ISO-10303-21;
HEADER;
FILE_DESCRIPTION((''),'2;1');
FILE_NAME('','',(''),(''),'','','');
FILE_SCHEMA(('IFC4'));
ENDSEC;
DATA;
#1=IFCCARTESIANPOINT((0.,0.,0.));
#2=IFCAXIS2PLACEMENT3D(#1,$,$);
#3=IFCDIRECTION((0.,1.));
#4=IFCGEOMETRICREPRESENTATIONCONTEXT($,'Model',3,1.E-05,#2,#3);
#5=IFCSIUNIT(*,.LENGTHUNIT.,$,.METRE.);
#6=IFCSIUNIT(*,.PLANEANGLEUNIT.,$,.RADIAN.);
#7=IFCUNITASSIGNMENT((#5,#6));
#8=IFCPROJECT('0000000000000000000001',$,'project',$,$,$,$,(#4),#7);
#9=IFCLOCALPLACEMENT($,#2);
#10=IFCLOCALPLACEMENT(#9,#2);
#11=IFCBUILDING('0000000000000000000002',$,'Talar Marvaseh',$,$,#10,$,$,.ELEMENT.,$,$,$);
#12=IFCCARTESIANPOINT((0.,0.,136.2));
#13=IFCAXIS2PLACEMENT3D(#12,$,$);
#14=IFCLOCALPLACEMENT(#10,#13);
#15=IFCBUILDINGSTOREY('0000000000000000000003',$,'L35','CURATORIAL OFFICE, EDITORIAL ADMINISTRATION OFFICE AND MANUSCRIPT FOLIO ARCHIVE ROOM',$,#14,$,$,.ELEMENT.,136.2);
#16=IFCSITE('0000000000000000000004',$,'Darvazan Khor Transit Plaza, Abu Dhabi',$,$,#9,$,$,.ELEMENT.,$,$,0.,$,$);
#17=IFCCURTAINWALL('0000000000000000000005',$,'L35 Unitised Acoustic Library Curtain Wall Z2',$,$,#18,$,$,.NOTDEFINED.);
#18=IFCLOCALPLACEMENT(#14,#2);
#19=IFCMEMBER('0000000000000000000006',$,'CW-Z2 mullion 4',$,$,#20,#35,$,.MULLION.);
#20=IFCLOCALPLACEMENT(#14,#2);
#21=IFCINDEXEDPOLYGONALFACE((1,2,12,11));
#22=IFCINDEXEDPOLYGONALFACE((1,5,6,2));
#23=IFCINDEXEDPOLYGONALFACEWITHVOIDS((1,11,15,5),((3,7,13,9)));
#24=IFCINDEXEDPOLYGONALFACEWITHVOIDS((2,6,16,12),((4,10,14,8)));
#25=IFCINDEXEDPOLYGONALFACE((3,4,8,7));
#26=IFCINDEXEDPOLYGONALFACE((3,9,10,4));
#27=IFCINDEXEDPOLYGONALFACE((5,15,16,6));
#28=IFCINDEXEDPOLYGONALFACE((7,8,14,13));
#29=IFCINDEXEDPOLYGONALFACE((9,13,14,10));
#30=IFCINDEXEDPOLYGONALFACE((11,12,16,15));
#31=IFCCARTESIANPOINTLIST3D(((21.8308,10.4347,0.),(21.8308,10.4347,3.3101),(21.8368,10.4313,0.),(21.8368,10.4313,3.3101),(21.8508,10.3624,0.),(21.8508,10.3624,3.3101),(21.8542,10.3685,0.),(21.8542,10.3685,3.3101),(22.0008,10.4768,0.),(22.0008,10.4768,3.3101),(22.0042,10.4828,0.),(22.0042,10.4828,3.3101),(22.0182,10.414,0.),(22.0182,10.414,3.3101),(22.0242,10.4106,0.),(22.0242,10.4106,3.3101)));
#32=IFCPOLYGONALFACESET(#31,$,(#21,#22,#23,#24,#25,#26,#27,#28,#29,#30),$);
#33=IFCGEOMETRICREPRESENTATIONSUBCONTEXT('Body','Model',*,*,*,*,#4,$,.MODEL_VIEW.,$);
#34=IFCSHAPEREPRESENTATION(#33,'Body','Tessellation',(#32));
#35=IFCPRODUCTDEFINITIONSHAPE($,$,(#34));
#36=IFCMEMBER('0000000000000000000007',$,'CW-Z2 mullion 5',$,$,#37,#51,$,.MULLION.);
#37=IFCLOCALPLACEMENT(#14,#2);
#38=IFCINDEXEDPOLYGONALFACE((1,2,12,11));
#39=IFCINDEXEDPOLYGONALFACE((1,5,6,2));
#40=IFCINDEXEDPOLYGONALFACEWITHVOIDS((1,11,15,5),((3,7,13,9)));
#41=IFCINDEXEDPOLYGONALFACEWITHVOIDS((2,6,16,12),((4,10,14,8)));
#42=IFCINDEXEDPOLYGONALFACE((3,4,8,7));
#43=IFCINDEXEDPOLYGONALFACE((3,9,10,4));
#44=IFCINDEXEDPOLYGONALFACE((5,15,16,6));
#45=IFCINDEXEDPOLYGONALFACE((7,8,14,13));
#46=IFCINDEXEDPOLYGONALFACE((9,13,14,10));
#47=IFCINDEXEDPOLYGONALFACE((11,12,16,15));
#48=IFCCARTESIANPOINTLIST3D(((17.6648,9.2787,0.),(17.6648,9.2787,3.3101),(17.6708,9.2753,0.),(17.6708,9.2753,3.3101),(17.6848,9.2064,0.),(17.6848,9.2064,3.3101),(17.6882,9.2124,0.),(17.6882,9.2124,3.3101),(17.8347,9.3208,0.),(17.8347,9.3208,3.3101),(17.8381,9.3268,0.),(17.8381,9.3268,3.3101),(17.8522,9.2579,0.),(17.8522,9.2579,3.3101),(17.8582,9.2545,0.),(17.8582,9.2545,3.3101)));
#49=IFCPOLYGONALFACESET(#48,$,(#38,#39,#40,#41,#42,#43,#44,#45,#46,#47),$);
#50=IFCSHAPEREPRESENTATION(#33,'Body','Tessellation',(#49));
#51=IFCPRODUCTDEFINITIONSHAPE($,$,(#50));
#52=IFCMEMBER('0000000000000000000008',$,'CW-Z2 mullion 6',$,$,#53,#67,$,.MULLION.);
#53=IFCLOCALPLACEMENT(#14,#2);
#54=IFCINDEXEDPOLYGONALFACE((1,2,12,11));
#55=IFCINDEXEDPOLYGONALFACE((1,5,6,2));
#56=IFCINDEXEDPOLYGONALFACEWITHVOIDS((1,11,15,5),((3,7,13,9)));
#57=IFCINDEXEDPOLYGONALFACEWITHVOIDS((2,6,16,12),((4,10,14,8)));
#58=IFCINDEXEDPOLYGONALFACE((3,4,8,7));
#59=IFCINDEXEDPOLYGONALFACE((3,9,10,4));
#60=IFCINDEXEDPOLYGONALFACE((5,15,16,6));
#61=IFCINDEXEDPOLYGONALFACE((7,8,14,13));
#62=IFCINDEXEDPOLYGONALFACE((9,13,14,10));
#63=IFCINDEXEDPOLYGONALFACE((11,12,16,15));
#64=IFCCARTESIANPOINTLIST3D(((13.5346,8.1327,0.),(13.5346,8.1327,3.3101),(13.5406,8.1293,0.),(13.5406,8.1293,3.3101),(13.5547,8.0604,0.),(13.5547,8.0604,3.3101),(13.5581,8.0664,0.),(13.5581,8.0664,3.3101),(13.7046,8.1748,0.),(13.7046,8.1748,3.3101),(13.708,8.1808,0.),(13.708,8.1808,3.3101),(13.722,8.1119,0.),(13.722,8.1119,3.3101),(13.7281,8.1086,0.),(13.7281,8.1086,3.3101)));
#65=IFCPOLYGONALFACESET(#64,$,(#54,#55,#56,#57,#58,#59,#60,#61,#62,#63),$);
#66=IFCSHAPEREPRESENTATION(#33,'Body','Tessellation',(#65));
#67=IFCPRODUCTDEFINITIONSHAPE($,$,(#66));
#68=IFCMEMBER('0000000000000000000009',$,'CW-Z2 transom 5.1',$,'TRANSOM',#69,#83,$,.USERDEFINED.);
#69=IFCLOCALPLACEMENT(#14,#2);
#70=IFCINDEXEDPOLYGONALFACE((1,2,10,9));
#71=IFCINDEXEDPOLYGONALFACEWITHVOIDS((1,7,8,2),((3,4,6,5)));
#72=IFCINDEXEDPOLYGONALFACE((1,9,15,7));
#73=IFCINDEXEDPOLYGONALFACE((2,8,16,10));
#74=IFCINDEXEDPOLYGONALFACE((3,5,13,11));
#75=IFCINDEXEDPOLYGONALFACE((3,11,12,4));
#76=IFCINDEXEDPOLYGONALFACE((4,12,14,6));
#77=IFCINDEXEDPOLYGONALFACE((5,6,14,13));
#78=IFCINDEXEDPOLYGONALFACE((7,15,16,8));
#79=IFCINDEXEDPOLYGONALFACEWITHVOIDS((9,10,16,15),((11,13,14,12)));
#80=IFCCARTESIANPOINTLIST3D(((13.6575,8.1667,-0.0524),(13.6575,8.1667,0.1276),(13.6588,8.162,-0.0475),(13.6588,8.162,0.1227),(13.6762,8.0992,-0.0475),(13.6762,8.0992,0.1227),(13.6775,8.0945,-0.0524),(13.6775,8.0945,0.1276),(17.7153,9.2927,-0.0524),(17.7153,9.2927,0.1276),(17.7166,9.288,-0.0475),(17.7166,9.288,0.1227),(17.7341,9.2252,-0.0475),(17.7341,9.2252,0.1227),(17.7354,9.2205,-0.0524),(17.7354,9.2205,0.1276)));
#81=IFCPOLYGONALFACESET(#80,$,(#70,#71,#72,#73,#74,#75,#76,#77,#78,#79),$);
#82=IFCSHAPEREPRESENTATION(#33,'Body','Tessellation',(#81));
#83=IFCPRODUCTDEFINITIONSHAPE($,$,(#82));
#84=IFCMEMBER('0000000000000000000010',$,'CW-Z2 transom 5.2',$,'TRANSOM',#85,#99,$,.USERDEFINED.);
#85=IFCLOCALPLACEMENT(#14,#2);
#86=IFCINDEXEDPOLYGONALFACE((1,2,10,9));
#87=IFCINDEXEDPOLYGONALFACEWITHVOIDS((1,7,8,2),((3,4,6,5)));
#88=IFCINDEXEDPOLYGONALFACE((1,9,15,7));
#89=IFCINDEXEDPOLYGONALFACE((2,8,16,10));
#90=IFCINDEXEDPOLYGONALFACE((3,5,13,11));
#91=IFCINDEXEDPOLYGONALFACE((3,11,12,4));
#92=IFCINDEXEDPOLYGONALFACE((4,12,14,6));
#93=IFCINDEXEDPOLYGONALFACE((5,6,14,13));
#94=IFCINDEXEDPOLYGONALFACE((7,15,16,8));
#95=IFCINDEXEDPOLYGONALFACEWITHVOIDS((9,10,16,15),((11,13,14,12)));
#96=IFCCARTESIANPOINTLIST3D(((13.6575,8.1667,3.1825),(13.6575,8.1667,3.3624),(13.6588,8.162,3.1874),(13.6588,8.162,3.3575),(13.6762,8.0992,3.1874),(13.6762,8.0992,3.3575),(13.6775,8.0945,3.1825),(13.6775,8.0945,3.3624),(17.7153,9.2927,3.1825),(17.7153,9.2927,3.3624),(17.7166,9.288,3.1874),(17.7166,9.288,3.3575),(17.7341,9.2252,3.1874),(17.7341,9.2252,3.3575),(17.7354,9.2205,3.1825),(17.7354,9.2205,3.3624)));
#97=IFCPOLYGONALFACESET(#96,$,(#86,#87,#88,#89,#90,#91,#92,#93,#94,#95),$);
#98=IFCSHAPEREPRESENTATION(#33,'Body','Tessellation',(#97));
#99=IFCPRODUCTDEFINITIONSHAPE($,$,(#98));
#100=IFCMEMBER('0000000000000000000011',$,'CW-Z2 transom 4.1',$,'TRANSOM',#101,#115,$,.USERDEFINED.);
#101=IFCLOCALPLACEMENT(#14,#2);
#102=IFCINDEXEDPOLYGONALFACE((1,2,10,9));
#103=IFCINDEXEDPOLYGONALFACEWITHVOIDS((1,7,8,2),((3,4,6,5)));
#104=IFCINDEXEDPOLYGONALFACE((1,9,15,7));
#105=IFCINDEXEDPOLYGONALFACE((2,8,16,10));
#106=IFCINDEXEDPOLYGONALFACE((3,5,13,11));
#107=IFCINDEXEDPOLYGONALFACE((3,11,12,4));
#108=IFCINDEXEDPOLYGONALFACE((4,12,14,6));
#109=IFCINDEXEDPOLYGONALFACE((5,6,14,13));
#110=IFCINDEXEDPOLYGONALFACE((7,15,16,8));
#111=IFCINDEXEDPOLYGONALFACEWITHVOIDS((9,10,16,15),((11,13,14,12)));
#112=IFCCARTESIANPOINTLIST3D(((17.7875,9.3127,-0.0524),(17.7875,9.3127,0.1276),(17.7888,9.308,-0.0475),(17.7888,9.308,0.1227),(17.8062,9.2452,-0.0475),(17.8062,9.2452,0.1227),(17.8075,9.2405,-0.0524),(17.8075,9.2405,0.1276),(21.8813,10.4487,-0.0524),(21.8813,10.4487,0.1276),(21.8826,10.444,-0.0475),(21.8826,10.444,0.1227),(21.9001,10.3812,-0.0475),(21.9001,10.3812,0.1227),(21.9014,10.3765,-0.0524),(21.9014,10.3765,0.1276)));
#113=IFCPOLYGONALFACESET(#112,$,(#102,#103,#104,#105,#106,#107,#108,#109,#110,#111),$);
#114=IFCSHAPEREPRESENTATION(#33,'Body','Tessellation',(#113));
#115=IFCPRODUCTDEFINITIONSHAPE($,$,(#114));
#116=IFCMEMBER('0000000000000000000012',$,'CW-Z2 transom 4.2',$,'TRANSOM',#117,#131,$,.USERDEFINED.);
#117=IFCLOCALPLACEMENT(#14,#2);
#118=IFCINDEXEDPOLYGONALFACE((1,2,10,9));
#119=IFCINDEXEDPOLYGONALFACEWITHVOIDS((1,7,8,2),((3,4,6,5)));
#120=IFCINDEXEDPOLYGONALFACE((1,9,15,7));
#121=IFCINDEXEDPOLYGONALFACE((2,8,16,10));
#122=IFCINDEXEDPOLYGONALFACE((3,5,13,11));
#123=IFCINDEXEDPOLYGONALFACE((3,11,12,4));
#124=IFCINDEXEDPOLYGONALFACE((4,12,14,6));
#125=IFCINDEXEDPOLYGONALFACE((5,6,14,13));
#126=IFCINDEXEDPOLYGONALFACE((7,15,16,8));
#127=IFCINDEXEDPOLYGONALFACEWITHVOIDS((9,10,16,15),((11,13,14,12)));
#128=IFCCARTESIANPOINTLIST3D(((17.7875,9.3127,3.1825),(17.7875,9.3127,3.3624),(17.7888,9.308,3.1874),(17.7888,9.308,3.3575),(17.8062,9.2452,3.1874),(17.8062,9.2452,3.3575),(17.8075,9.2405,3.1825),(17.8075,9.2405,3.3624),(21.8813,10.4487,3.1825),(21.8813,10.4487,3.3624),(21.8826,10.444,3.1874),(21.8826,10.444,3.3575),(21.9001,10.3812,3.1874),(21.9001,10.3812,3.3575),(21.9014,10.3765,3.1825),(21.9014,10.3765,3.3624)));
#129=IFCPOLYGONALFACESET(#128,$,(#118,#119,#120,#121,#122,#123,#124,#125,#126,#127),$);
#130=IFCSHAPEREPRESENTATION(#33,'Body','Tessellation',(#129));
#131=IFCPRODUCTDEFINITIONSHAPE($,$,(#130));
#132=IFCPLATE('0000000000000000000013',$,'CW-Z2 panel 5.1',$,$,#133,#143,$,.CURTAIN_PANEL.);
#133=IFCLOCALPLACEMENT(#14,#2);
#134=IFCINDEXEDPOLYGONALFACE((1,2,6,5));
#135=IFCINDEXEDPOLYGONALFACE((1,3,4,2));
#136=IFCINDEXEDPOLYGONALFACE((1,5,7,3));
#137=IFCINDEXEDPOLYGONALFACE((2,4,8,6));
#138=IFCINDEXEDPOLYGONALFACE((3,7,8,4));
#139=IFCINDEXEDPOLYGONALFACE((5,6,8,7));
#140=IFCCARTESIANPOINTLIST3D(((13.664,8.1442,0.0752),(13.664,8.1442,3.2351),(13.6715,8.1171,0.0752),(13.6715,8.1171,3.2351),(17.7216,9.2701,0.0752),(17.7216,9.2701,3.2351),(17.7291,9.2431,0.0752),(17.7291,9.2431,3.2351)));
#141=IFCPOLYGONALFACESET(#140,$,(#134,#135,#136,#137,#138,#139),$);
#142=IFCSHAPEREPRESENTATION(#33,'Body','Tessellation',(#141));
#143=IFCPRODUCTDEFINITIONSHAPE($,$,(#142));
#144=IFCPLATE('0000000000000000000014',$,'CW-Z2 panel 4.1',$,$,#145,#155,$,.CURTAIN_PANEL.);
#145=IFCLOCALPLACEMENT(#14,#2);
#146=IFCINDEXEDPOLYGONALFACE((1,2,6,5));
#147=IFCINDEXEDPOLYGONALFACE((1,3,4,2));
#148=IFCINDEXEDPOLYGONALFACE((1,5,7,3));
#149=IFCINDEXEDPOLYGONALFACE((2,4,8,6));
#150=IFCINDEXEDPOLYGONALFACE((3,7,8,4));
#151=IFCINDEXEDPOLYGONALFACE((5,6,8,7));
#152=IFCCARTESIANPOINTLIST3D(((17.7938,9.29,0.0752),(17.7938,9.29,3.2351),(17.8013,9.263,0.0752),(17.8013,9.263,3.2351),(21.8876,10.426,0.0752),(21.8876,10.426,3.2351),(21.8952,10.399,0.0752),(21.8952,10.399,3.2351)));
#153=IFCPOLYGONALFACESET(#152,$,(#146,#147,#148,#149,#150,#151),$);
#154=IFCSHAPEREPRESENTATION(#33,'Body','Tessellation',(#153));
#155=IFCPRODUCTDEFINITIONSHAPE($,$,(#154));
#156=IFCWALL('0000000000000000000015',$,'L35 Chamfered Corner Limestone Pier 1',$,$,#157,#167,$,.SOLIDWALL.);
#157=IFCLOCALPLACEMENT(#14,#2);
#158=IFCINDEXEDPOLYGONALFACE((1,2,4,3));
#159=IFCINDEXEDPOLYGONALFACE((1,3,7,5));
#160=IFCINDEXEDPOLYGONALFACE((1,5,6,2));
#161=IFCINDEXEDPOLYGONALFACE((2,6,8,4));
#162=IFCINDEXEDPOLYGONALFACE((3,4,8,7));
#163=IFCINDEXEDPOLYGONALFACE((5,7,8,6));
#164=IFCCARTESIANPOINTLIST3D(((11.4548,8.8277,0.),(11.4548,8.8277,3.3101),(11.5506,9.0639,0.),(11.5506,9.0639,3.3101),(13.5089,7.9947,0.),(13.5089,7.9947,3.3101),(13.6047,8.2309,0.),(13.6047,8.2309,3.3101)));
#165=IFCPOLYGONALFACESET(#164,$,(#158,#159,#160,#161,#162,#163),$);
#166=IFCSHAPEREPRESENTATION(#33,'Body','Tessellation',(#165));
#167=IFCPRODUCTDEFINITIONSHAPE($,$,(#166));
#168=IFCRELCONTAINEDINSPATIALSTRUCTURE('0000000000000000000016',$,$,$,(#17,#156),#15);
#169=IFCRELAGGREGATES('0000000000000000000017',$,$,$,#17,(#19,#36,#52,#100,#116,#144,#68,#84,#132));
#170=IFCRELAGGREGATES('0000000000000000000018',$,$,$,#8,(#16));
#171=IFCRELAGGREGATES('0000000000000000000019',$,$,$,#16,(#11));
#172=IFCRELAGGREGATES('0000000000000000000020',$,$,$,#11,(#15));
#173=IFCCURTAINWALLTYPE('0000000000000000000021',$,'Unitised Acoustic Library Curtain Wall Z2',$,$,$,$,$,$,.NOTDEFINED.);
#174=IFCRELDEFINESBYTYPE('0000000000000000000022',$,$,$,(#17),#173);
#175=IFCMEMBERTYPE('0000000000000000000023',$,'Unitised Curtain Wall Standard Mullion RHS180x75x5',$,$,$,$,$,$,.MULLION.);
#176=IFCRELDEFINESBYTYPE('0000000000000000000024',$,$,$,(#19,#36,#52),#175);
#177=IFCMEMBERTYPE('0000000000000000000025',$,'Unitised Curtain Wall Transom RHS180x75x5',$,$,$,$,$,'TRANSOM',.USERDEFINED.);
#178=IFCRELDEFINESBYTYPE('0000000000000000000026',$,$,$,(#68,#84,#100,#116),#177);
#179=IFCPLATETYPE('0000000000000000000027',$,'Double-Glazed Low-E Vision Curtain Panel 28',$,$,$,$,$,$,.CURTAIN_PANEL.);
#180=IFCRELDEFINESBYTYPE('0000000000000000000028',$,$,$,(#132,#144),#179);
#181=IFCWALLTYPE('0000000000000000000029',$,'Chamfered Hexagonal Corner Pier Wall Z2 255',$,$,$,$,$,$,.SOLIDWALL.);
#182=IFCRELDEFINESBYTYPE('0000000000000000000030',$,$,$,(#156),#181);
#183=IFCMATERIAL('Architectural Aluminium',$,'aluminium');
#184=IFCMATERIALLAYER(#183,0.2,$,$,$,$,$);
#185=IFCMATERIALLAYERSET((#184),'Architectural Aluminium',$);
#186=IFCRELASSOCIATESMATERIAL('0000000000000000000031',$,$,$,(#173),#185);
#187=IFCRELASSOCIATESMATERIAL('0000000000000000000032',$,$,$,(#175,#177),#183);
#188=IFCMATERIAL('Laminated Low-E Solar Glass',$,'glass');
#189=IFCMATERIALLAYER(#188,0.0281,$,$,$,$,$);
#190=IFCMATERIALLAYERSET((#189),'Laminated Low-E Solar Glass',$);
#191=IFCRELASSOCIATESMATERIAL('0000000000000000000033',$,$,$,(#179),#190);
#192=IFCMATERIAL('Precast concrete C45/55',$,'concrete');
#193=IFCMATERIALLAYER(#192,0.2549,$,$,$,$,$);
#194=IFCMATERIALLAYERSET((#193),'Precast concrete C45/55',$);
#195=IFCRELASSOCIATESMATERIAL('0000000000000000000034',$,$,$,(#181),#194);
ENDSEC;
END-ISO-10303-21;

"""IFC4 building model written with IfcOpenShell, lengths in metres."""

from ifc_helpers import new_model, si_unit, direction, frame, frame_2d, origin, origin_2d, place, context, subcontext, project, spatial, rectangle, hollow_rectangle, extrude, source, transform, mapped, material, layer, layer_set, material_profile, profile_set, type_object, type_shapes, element, aggregate, save


model = new_model("IFC4")

# Units and contexts
model_context = context("Model", 3, precision=1e-05, world=origin(), true_north=direction((0.0, 1.0)))
body_context = subcontext(model_context, "Body", "Model", "MODEL_VIEW")
ifc_project = project(units=[si_unit("LENGTHUNIT", "METRE"), si_unit("PLANEANGLEUNIT", "RADIAN")], contexts=[model_context])

# Site, building, storey
site_placement = place(None, origin())
site = spatial("IfcSite", under=ifc_project, at=site_placement, Name="Darvazan Khor Transit Plaza, Abu Dhabi", CompositionType="ELEMENT", RefElevation=0.0)
building_placement = place(site_placement, origin())
building = spatial("IfcBuilding", under=site, at=building_placement, Name="Talar Marvaseh", CompositionType="ELEMENT")
storey_placement = place(building_placement, frame((0.0, 0.0, 136.2)))
storey = spatial("IfcBuildingStorey", under=building, at=storey_placement, Name="L35", Description="CURATORIAL OFFICE, EDITORIAL ADMINISTRATION OFFICE AND MANUSCRIPT FOLIO ARCHIVE ROOM", CompositionType="ELEMENT", Elevation=136.2)

# Curtain wall, members, plates
ifc_material_1 = material(Name="Architectural Aluminium", Category="aluminium")
ifc_layer_1 = layer(ifc_material_1, 0.2)
ifc_layer_set_1 = layer_set([ifc_layer_1], Name="Architectural Aluminium")
curtain_wall_type = type_object("IfcCurtainWallType", Name="Unitised Acoustic Library Curtain Wall Z2", PredefinedType="NOTDEFINED", material=ifc_layer_set_1)
curtain_wall_placement = place(storey_placement, origin())
curtain_wall = element("IfcCurtainWall", 1, at=curtain_wall_placement, inside=storey, type_object=curtain_wall_type, Name="L35 Unitised Acoustic Library Curtain Wall Z2", PredefinedType="NOTDEFINED")
ifc_material_profile_1 = material_profile(ifc_material_1, hollow_rectangle(XDim=0.075, YDim=0.1799, WallThickness=0.0049, at=origin_2d()), Name="RHS180x75x5")
ifc_profile_set_1 = profile_set([ifc_material_profile_1], Name="Architectural Aluminium")
member_type_1 = type_object("IfcMemberType", Name="Unitised Curtain Wall Standard Mullion RHS180x75x5", PredefinedType="MULLION", material=ifc_profile_set_1)
shared_shape_1 = source(origin(), body_context, "Body", "SweptSolid", [
    extrude(hollow_rectangle(XDim=0.075, YDim=0.1799, WallThickness=0.0049, at=origin_2d()), origin(), (0.0, 0.0, 1.0), 3.3101),
])
type_shapes(member_type_1, [shared_shape_1])
member_1_placement = place(storey_placement, frame((21.9275, 10.4226, 0.0), z_axis=(0.0, 0.0, 1.0), x_axis=(0.267388, -0.963589, 0.0)))
member_1 = element("IfcMember", 2, at=member_1_placement, type_object=member_type_1, Name="CW-Z2 mullion 4", PredefinedType="MULLION", context=body_context, shape_type="MappedRepresentation", body=[
    mapped(shared_shape_1, transform((0.0, 0.0, 0.0), x_axis=(1.0, 0.0, 0.0), y_axis=(0.0, 1.0, 0.0), z_axis=(0.0, 0.0, 1.0), scale=1.0)),
])
member_2_placement = place(storey_placement, frame((17.7615, 9.2666, 0.0), z_axis=(0.0, 0.0, 1.0), x_axis=(0.267388, -0.963589, 0.0)))
member_2 = element("IfcMember", 3, at=member_2_placement, type_object=member_type_1, Name="CW-Z2 mullion 5", PredefinedType="MULLION", context=body_context, shape_type="MappedRepresentation", body=[
    mapped(shared_shape_1, transform((0.0, 0.0, 0.0), x_axis=(1.0, 0.0, 0.0), y_axis=(0.0, 1.0, 0.0), z_axis=(0.0, 0.0, 1.0), scale=1.0)),
])
member_3_placement = place(storey_placement, frame((13.6313, 8.1206, 0.0), z_axis=(0.0, 0.0, 1.0), x_axis=(0.267388, -0.963589, 0.0)))
member_3 = element("IfcMember", 4, at=member_3_placement, type_object=member_type_1, Name="CW-Z2 mullion 6", PredefinedType="MULLION", context=body_context, shape_type="MappedRepresentation", body=[
    mapped(shared_shape_1, transform((0.0, 0.0, 0.0), x_axis=(1.0, 0.0, 0.0), y_axis=(0.0, 1.0, 0.0), z_axis=(0.0, 0.0, 1.0), scale=1.0)),
])
ifc_material_profile_2 = material_profile(ifc_material_1, hollow_rectangle(XDim=0.075, YDim=0.1799, WallThickness=0.0049, at=origin_2d()), Name="RHS180x75x5")
ifc_profile_set_2 = profile_set([ifc_material_profile_2], Name="Architectural Aluminium")
member_type_2 = type_object("IfcMemberType", Name="Unitised Curtain Wall Transom RHS180x75x5", ElementType="TRANSOM", PredefinedType="USERDEFINED", material=ifc_profile_set_2)
shared_shape_2 = source(origin(), body_context, "Body", "SweptSolid", [
    extrude(hollow_rectangle(XDim=0.075, YDim=0.1799, WallThickness=0.0049, at=origin_2d()), origin(), (0.0, 0.0, 1.0), 4.2112),
])
member_4_placement = place(storey_placement, frame((17.7253, 9.2566, 0.0376), z_axis=(-0.963592, -0.267378, 0.0), x_axis=(0.267378, -0.963592, 0.0)))
member_4 = element("IfcMember", 5, at=member_4_placement, type_object=member_type_2, Name="CW-Z2 transom 5.1", ObjectType="TRANSOM", PredefinedType="USERDEFINED", context=body_context, shape_type="MappedRepresentation", body=[
    mapped(shared_shape_2, transform((0.0, 0.0, 0.0), x_axis=(1.0, 0.0, 0.0), y_axis=(0.0, 1.0, 0.0), z_axis=(0.0, 0.0, 1.0), scale=1.0)),
])
member_5_placement = place(storey_placement, frame((17.7253, 9.2566, 3.2725), z_axis=(-0.963592, -0.267378, 0.0), x_axis=(0.267378, -0.963592, 0.0)))
member_5 = element("IfcMember", 6, at=member_5_placement, type_object=member_type_2, Name="CW-Z2 transom 5.2", ObjectType="TRANSOM", PredefinedType="USERDEFINED", context=body_context, shape_type="MappedRepresentation", body=[
    mapped(shared_shape_2, transform((0.0, 0.0, 0.0), x_axis=(1.0, 0.0, 0.0), y_axis=(0.0, 1.0, 0.0), z_axis=(0.0, 0.0, 1.0), scale=1.0)),
])
shared_shape_3 = source(origin(), body_context, "Body", "SweptSolid", [
    extrude(hollow_rectangle(XDim=0.075, YDim=0.1799, WallThickness=0.0049, at=origin_2d()), origin(), (0.0, 0.0, 1.0), 4.2485),
])
type_shapes(member_type_2, [shared_shape_2, shared_shape_3])
member_6_placement = place(storey_placement, frame((21.8914, 10.4126, 0.0376), z_axis=(-0.963589, -0.267389, 0.0), x_axis=(0.267389, -0.963589, 0.0)))
member_6 = element("IfcMember", 7, at=member_6_placement, type_object=member_type_2, Name="CW-Z2 transom 4.1", ObjectType="TRANSOM", PredefinedType="USERDEFINED", context=body_context, shape_type="MappedRepresentation", body=[
    mapped(shared_shape_3, transform((0.0, 0.0, 0.0), x_axis=(1.0, 0.0, 0.0), y_axis=(0.0, 1.0, 0.0), z_axis=(0.0, 0.0, 1.0), scale=1.0)),
])
member_7_placement = place(storey_placement, frame((21.8914, 10.4126, 3.2725), z_axis=(-0.963589, -0.267389, 0.0), x_axis=(0.267389, -0.963589, 0.0)))
member_7 = element("IfcMember", 8, at=member_7_placement, type_object=member_type_2, Name="CW-Z2 transom 4.2", ObjectType="TRANSOM", PredefinedType="USERDEFINED", context=body_context, shape_type="MappedRepresentation", body=[
    mapped(shared_shape_3, transform((0.0, 0.0, 0.0), x_axis=(1.0, 0.0, 0.0), y_axis=(0.0, 1.0, 0.0), z_axis=(0.0, 0.0, 1.0), scale=1.0)),
])
ifc_material_2 = material(Name="Laminated Low-E Solar Glass", Category="glass")
ifc_layer_2 = layer(ifc_material_2, 0.0281)
ifc_layer_set_2 = layer_set([ifc_layer_2], Name="Laminated Low-E Solar Glass")
plate_type = type_object("IfcPlateType", Name="Double-Glazed Low-E Vision Curtain Panel 28", PredefinedType="CURTAIN_PANEL", material=ifc_layer_set_2)
shared_shape_4 = source(origin(), body_context, "Body", "SweptSolid", [
    extrude(rectangle(XDim=4.2109, YDim=0.0281, at=origin_2d()), origin(), (0.0, 0.0, 1.0), 3.1599),
])
plate_1_placement = place(storey_placement, frame((15.6965, 8.6936, 0.0752), z_axis=(0.0, 0.0, 1.0), x_axis=(-0.963589, -0.267388, 0.0)))
plate_1 = element("IfcPlate", 9, at=plate_1_placement, type_object=plate_type, Name="CW-Z2 panel 5.1", PredefinedType="CURTAIN_PANEL", context=body_context, shape_type="MappedRepresentation", body=[
    mapped(shared_shape_4, transform((0.0, 0.0, 0.0), x_axis=(1.0, 0.0, 0.0), y_axis=(0.0, 1.0, 0.0), z_axis=(0.0, 0.0, 1.0), scale=1.0)),
])
shared_shape_5 = source(origin(), body_context, "Body", "SweptSolid", [
    extrude(rectangle(XDim=4.2485, YDim=0.0281, at=origin_2d()), origin(), (0.0, 0.0, 1.0), 3.1599),
])
type_shapes(plate_type, [shared_shape_4, shared_shape_5])
plate_2_placement = place(storey_placement, frame((19.8445, 9.8445, 0.0752), z_axis=(0.0, 0.0, 1.0), x_axis=(-0.963589, -0.267388, 0.0)))
plate_2 = element("IfcPlate", 10, at=plate_2_placement, type_object=plate_type, Name="CW-Z2 panel 4.1", PredefinedType="CURTAIN_PANEL", context=body_context, shape_type="MappedRepresentation", body=[
    mapped(shared_shape_5, transform((0.0, 0.0, 0.0), x_axis=(1.0, 0.0, 0.0), y_axis=(0.0, 1.0, 0.0), z_axis=(0.0, 0.0, 1.0), scale=1.0)),
])
aggregate(curtain_wall, [member_1, member_2, member_3, member_6, member_7, plate_2, member_4, member_5, plate_1])

# Wall
ifc_material_3 = material(Name="Precast concrete C45/55", Category="concrete")
ifc_layer_3 = layer(ifc_material_3, 0.2549)
ifc_layer_set_3 = layer_set([ifc_layer_3], Name="Precast concrete C45/55")
wall_type = type_object("IfcWallType", Name="Chamfered Hexagonal Corner Pier Wall Z2 255", PredefinedType="SOLIDWALL", material=ifc_layer_set_3)
wall_placement = place(storey_placement, frame((13.5569, 8.1128, 0.0), z_axis=(0.0, 0.0, 1.0), x_axis=(-0.926704, 0.375792, 0.0)))
element("IfcWall", 11, at=wall_placement, inside=storey, type_object=wall_type, Name="L35 Chamfered Corner Limestone Pier 1", PredefinedType="SOLIDWALL", context=body_context, shape_type="SweptSolid", body=[
    extrude(rectangle(XDim=2.2166, YDim=0.2549, at=frame_2d((1.1084, 0.0))), origin(), (0.0, 0.0, 1.0), 3.3101),
])

save(model, "model.ifc")
